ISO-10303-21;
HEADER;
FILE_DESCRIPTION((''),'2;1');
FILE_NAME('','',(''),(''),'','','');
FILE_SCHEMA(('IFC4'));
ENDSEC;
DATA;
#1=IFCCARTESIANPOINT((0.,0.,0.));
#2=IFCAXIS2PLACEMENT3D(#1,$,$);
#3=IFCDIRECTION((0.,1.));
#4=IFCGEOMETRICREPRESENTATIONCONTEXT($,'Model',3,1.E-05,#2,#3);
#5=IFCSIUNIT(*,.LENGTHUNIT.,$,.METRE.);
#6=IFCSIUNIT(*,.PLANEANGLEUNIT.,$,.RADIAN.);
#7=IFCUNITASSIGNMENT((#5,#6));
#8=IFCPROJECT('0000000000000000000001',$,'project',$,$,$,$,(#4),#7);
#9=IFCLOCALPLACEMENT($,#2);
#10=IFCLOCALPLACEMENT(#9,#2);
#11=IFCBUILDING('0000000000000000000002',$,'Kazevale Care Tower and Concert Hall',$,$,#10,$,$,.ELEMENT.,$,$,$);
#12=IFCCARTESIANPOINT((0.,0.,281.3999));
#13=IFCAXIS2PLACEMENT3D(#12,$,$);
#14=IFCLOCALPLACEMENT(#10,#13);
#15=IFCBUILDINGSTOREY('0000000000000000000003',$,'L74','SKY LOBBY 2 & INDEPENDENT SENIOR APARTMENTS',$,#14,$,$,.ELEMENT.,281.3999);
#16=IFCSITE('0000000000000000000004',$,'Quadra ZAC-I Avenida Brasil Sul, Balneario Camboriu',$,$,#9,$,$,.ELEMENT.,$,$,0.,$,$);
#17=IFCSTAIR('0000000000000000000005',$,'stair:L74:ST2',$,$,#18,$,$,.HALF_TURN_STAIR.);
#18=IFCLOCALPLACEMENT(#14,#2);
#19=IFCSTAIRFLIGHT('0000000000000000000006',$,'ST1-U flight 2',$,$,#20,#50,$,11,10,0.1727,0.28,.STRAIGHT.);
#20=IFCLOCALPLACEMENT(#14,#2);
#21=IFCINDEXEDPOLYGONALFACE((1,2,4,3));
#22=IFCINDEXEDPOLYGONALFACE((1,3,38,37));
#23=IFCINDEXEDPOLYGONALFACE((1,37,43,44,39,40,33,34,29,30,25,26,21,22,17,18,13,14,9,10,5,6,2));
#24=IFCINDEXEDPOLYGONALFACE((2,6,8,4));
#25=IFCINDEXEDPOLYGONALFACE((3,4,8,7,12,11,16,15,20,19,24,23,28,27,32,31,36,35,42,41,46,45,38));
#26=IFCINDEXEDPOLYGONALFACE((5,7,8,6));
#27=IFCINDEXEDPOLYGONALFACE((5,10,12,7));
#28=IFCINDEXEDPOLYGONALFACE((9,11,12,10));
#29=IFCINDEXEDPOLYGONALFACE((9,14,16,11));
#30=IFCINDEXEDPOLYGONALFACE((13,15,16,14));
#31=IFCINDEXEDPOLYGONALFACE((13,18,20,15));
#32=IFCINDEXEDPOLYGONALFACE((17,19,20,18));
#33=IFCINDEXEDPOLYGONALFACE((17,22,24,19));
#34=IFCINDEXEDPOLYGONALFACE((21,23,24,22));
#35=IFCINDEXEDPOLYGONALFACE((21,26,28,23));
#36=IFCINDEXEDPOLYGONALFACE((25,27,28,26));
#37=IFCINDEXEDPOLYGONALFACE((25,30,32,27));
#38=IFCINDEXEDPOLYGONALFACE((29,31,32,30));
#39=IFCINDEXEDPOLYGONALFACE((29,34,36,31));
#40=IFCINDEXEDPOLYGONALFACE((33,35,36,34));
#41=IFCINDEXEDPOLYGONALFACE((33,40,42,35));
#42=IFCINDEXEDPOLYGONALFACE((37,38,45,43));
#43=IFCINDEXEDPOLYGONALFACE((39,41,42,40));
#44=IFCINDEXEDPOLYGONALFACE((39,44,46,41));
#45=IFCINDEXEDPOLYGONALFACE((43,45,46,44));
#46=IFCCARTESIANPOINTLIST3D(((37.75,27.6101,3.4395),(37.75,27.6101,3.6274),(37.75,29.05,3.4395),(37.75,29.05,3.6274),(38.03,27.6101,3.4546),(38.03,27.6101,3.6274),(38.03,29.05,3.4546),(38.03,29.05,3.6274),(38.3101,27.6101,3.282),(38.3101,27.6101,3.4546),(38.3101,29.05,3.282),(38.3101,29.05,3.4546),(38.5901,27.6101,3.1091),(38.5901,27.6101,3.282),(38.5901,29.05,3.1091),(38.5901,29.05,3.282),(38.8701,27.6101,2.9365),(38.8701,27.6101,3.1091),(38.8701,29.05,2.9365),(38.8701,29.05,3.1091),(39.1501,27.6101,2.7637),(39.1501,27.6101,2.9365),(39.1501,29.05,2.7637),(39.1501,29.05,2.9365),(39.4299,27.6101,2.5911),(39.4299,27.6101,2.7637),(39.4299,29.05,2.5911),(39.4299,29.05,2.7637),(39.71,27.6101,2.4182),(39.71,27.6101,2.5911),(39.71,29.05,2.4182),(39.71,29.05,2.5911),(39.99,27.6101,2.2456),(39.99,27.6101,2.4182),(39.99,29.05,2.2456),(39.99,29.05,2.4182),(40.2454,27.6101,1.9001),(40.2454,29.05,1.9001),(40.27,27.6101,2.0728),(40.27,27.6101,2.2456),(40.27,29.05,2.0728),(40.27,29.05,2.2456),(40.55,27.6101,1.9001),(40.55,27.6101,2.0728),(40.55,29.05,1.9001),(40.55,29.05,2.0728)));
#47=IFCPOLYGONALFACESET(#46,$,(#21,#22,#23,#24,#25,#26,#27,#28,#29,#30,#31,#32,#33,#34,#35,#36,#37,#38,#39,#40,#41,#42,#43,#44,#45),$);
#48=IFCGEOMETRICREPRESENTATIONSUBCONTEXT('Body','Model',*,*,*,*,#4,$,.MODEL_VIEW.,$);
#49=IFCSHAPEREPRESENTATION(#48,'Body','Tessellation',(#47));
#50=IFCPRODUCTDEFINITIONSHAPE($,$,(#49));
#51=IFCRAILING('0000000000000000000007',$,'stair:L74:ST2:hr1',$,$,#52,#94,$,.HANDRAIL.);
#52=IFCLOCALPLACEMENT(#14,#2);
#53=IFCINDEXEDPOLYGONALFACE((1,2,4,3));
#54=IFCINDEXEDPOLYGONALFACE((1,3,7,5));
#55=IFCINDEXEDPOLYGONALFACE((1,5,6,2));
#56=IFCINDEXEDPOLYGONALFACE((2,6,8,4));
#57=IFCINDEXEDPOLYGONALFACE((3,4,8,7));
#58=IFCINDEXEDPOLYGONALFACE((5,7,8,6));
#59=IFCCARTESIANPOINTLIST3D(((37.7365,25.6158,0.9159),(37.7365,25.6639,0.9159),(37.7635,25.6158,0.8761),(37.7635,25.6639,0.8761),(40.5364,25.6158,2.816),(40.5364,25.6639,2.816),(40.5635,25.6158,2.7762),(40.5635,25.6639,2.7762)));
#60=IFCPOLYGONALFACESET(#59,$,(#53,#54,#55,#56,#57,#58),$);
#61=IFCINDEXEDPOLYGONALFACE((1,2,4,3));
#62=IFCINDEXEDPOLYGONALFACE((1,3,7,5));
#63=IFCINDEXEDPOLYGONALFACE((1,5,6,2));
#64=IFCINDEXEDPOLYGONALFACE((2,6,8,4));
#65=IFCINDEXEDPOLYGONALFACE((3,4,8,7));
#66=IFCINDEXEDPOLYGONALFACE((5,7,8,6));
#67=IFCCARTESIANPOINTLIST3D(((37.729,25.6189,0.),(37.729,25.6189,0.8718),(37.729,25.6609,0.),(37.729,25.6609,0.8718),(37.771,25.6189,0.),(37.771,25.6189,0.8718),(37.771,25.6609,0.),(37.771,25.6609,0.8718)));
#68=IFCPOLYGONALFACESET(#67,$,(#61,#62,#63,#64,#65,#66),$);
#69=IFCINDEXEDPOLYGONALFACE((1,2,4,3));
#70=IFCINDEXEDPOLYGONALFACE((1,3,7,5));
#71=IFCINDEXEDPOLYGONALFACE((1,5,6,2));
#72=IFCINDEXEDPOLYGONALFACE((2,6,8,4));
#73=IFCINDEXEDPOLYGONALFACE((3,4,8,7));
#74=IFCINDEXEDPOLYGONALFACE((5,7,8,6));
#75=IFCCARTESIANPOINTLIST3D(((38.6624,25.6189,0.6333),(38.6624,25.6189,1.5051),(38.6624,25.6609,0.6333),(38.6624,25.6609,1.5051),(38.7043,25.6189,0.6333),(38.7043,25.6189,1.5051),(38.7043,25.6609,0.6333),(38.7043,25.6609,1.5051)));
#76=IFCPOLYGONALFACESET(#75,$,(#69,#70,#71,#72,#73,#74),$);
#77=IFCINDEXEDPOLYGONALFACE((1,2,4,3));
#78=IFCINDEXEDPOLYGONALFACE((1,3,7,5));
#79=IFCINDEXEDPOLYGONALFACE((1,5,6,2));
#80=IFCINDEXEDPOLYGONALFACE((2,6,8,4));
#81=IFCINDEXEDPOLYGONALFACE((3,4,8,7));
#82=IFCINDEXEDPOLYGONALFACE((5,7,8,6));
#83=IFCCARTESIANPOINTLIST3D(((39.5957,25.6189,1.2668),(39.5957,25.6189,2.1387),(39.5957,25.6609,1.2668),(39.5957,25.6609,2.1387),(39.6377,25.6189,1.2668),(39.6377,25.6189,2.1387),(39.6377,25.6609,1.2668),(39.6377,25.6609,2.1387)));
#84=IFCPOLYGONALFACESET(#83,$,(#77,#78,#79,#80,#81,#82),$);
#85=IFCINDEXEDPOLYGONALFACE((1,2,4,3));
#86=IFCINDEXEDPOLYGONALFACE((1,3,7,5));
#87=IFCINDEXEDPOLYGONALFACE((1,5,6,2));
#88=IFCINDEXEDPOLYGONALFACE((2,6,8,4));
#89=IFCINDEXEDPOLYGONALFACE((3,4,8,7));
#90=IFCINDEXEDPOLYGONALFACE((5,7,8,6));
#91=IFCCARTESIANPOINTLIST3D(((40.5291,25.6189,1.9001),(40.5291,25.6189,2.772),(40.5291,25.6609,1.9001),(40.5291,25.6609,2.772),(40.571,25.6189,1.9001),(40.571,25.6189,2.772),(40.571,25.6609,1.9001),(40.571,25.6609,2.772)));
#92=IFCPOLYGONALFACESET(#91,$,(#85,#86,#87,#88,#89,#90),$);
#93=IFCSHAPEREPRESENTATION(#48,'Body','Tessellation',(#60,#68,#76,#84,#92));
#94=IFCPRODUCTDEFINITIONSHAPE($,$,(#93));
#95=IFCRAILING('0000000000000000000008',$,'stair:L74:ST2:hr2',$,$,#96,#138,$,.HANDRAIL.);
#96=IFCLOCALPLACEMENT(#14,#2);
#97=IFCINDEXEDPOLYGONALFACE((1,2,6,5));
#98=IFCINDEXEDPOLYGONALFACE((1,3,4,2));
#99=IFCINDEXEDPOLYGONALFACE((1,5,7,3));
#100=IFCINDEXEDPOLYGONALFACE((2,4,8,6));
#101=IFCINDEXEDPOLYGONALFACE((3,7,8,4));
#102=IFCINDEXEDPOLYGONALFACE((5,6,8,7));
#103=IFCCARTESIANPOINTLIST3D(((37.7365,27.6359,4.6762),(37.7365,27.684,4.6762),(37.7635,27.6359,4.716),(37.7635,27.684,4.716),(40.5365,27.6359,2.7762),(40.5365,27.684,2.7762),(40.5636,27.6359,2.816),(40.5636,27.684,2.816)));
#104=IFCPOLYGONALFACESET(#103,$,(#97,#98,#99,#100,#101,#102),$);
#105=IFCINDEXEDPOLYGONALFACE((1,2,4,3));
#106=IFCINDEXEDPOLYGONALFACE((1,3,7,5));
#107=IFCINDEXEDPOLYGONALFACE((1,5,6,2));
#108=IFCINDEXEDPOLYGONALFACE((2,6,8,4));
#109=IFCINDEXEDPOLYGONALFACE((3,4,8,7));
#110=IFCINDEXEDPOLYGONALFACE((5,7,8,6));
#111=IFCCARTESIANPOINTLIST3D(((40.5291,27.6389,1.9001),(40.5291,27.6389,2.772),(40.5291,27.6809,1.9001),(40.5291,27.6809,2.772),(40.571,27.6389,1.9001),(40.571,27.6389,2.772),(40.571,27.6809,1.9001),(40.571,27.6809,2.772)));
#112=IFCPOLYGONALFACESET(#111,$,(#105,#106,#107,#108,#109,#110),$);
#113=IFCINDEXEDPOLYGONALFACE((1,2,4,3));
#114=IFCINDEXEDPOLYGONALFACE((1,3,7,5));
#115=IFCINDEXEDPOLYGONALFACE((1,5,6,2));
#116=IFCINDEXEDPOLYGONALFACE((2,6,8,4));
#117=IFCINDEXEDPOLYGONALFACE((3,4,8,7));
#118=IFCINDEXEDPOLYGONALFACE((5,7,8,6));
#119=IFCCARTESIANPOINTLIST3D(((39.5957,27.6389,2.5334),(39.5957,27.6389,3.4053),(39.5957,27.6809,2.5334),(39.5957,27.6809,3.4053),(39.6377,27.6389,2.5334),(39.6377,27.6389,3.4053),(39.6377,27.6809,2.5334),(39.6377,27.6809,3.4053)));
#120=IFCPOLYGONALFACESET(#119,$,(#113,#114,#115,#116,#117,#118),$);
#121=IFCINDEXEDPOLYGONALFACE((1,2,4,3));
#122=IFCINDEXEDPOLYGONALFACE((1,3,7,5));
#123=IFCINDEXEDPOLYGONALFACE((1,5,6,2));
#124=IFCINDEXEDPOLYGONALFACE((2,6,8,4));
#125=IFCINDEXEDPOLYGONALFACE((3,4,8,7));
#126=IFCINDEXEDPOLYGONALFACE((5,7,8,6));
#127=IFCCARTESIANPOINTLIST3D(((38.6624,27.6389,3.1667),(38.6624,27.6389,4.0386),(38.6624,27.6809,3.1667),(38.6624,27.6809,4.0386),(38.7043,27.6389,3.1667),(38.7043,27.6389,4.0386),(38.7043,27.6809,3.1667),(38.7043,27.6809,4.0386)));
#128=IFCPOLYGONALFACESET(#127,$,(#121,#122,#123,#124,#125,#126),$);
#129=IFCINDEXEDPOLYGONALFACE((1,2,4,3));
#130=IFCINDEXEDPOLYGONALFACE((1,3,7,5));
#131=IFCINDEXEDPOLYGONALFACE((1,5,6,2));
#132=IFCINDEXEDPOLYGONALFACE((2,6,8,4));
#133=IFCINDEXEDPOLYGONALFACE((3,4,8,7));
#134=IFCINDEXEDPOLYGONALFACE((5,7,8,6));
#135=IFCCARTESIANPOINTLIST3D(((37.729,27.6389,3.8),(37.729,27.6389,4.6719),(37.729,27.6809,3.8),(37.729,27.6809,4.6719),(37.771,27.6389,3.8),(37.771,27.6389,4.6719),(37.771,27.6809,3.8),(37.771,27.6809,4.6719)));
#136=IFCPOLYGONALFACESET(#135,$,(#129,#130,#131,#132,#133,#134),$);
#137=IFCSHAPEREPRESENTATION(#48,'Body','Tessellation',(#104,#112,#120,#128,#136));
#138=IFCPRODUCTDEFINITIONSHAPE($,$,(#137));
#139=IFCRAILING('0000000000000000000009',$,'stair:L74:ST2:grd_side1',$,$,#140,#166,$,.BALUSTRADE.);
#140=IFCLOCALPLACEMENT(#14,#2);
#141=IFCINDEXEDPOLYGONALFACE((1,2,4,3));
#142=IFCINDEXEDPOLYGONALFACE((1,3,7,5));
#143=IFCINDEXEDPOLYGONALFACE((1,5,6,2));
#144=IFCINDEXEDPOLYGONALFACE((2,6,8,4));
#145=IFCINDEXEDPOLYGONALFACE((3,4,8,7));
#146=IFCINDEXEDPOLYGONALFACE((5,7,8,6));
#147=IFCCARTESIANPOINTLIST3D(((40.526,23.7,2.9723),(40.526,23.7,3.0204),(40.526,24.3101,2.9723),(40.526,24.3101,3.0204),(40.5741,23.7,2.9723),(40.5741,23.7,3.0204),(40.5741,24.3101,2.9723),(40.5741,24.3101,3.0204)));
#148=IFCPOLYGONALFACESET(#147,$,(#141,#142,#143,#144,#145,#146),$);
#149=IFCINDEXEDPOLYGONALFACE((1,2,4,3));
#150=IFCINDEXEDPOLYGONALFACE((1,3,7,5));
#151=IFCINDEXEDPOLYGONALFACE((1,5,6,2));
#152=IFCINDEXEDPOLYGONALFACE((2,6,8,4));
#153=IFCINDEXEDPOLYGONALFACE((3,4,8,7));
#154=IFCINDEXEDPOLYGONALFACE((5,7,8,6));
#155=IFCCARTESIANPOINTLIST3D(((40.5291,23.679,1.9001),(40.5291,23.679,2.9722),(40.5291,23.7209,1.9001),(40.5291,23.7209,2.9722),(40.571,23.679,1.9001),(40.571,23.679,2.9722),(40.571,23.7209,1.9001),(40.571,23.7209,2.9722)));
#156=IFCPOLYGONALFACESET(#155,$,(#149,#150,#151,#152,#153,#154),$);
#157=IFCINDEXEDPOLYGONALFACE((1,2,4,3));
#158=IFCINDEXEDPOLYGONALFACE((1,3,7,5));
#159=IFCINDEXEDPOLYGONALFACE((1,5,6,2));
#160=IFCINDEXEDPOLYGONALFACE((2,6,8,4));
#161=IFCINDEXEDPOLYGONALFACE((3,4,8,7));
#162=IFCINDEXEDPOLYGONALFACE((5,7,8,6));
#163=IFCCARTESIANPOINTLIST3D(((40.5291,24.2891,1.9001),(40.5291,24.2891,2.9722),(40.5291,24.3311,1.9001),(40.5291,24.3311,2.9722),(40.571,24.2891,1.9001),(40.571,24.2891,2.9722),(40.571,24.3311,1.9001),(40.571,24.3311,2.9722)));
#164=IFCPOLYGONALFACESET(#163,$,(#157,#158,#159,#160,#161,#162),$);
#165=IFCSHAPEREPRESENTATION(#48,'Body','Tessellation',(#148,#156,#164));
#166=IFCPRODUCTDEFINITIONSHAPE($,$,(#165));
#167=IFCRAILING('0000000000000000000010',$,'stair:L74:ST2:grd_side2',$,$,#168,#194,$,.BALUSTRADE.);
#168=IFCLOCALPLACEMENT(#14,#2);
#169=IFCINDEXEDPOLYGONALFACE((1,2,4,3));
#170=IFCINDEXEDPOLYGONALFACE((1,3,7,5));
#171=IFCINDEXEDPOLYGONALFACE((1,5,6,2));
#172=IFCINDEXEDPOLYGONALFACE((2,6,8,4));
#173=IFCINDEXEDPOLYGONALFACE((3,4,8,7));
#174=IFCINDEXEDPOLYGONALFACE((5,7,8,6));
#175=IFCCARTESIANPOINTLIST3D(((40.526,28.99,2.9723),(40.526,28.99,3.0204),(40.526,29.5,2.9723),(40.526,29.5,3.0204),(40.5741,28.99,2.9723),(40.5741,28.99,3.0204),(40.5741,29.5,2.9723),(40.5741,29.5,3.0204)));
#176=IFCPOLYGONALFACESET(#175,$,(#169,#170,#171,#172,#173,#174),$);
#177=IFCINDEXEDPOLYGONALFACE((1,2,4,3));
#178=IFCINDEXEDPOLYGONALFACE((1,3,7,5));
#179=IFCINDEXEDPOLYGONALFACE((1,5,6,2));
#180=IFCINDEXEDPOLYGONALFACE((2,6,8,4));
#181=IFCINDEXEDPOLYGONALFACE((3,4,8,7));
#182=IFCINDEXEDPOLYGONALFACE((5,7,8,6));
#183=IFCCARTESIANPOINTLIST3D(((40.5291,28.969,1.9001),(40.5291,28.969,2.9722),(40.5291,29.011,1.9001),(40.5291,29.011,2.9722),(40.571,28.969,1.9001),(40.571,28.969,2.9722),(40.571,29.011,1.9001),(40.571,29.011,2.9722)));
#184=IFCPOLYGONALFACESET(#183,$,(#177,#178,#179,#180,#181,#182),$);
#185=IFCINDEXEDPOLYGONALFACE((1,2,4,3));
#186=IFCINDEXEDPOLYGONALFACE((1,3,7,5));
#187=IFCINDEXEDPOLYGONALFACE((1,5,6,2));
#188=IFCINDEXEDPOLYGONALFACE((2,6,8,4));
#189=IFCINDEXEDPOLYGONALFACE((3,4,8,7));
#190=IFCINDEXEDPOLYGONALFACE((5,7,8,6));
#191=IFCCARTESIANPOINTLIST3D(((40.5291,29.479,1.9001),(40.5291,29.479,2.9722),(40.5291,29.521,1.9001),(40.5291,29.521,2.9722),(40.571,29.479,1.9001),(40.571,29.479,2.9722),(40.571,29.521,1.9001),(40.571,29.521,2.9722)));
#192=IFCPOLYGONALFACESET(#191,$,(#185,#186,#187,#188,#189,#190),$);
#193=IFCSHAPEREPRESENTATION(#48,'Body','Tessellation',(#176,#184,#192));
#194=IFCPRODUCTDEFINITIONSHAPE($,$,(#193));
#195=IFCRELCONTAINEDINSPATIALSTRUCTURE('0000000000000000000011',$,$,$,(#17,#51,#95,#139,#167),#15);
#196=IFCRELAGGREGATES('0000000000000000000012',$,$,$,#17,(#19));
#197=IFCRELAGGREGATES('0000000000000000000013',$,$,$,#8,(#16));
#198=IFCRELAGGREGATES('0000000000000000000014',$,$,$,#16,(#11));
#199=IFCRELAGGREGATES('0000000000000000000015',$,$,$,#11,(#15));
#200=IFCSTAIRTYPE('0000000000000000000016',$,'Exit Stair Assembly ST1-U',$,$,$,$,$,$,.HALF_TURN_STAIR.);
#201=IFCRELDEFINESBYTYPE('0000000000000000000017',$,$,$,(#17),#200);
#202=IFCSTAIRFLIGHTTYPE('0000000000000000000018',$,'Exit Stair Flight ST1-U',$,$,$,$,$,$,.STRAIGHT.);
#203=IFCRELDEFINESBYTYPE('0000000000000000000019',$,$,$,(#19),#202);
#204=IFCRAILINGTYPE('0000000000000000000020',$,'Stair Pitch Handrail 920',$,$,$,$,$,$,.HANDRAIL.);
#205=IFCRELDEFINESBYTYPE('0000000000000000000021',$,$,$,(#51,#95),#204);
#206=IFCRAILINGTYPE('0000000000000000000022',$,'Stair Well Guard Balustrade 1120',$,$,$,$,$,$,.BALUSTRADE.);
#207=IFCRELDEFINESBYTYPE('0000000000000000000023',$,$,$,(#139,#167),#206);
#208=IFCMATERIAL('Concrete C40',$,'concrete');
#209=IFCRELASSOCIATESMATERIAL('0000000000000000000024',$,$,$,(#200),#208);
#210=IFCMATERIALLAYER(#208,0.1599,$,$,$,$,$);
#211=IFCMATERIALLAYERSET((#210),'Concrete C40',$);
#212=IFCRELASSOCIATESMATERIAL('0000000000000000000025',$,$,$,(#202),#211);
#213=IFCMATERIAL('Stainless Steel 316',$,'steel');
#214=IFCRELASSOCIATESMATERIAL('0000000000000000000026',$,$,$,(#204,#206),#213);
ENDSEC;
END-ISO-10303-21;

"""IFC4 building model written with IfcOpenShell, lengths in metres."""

from ifc_helpers import new_model, si_unit, direction, frame, origin, origin_2d, place, context, subcontext, project, spatial, polyline, rectangle, outline, extrude, material, layer, layer_set, type_object, element, aggregate, save


model = new_model("IFC4")

# Units and contexts
model_context = context("Model", 3, precision=1e-05, world=origin(), true_north=direction((0.0, 1.0)))
body_context = subcontext(model_context, "Body", "Model", "MODEL_VIEW")
ifc_project = project(units=[si_unit("LENGTHUNIT", "METRE"), si_unit("PLANEANGLEUNIT", "RADIAN")], contexts=[model_context])

# Site, building, storey
site_placement = place(None, origin())
site = spatial("IfcSite", under=ifc_project, at=site_placement, Name="Quadra ZAC-I Avenida Brasil Sul, Balneario Camboriu", CompositionType="ELEMENT", RefElevation=0.0)
building_placement = place(site_placement, origin())
building = spatial("IfcBuilding", under=site, at=building_placement, Name="Kazevale Care Tower and Concert Hall", CompositionType="ELEMENT")
storey_placement = place(building_placement, frame((0.0, 0.0, 281.3999)))
storey = spatial("IfcBuildingStorey", under=building, at=storey_placement, Name="L74", Description="SKY LOBBY 2 & INDEPENDENT SENIOR APARTMENTS", CompositionType="ELEMENT", Elevation=281.3999)

# Shared definitions
ifc_material_1 = material(Name="Concrete C40", Category="concrete")

# Stair, stair flight
stair_type = type_object("IfcStairType", Name="Exit Stair Assembly ST1-U", PredefinedType="HALF_TURN_STAIR", material=ifc_material_1)
stair_placement = place(storey_placement, origin())
stair = element("IfcStair", 1, at=stair_placement, inside=storey, type_object=stair_type, Name="stair:L74:ST2", PredefinedType="HALF_TURN_STAIR")
ifc_layer_1 = layer(ifc_material_1, 0.1599)
ifc_layer_set_1 = layer_set([ifc_layer_1], Name="Concrete C40")
stair_flight_type = type_object("IfcStairFlightType", Name="Exit Stair Flight ST1-U", PredefinedType="STRAIGHT", material=ifc_layer_set_1)
stair_flight_1_placement = place(storey_placement, frame((40.55, 28.3301, 1.9001), z_axis=(0.0, 0.0, 1.0), x_axis=(-1.0, 0.0, 0.0)))
stair_flight_1 = element("IfcStairFlight", 2, at=stair_flight_1_placement, type_object=stair_flight_type, Name="ST1-U flight 2", NumberOfRisers=11, NumberOfTreads=10, PredefinedType="STRAIGHT", RiserHeight=0.1727, TreadLength=0.28, context=body_context, shape_type="SweptSolid", body=[
    extrude(outline(polyline([(0.0, 0.0), (0.0, 0.1726), (0.28, 0.1726), (0.28, 0.3455), (0.5601, 0.3455), (0.5601, 0.5181), (0.8401, 0.5181), (0.8401, 0.6909), (1.1201, 0.6909), (1.1201, 0.8635), (1.3999, 0.8635), (1.3999, 1.0364), (1.6799, 1.0364), (1.6799, 1.209), (1.96, 1.209), (1.96, 1.3818), (2.24, 1.3818), (2.24, 1.5544), (2.52, 1.5544), (2.52, 1.7273), (2.8, 1.7273), (2.8, 1.8999), (2.8, 1.5393), (0.3047, 0.0), (0.0, 0.0)])), frame((0.0, 0.72, 0.0), z_axis=(0.0, -1.0, 0.0), x_axis=(1.0, 0.0, 0.0)), (0.0, 0.0, 1.0), 1.4399),
])
aggregate(stair, [stair_flight_1])

# Railings
ifc_material_2 = material(Name="Stainless Steel 316", Category="steel")
railing_type_1 = type_object("IfcRailingType", Name="Stair Pitch Handrail 920", PredefinedType="HANDRAIL", material=ifc_material_2)
railing_1_placement = place(storey_placement, frame((37.75, 25.6399, 0.0)))
element("IfcRailing", 3, at=railing_1_placement, inside=storey, type_object=railing_type_1, Name="stair:L74:ST2:hr1", PredefinedType="HANDRAIL", context=body_context, shape_type="SweptSolid", body=[
    extrude(rectangle(XDim=0.0481, YDim=0.0481, at=origin_2d()), frame((0.0, 0.0, 0.896), z_axis=(0.82746, 0.0, 0.561524), x_axis=(0.0, 1.0, 0.0)), (0.0, 0.0, 1.0), 3.3838),
    extrude(rectangle(XDim=0.042, YDim=0.042, at=origin_2d()), origin(), (0.0, 0.0, 1.0), 0.8718),
    extrude(rectangle(XDim=0.042, YDim=0.042, at=origin_2d()), frame((0.9333, 0.0, 0.6333)), (0.0, 0.0, 1.0), 0.8718),
    extrude(rectangle(XDim=0.042, YDim=0.042, at=origin_2d()), frame((1.8667, 0.0, 1.2668)), (0.0, 0.0, 1.0), 0.8718),
    extrude(rectangle(XDim=0.042, YDim=0.042, at=origin_2d()), frame((2.8, 0.0, 1.9001)), (0.0, 0.0, 1.0), 0.8718),
])
railing_2_placement = place(storey_placement, frame((40.55, 27.6599, 1.9001)))
element("IfcRailing", 4, at=railing_2_placement, inside=storey, type_object=railing_type_1, Name="stair:L74:ST2:hr2", PredefinedType="HANDRAIL", context=body_context, shape_type="SweptSolid", body=[
    extrude(rectangle(XDim=0.0481, YDim=0.0481, at=origin_2d()), frame((0.0, 0.0, 0.896), z_axis=(-0.827494, 0.0, 0.561475), x_axis=(0.0, -1.0, 0.0)), (0.0, 0.0, 1.0), 3.3838),
    extrude(rectangle(XDim=0.042, YDim=0.042, at=origin_2d()), origin(), (0.0, 0.0, 1.0), 0.8718),
    extrude(rectangle(XDim=0.042, YDim=0.042, at=origin_2d()), frame((-0.9333, 0.0, 0.6333)), (0.0, 0.0, 1.0), 0.8718),
    extrude(rectangle(XDim=0.042, YDim=0.042, at=origin_2d()), frame((-1.8667, 0.0, 1.2666)), (0.0, 0.0, 1.0), 0.8718),
    extrude(rectangle(XDim=0.042, YDim=0.042, at=origin_2d()), frame((-2.8, 0.0, 1.8999)), (0.0, 0.0, 1.0), 0.8718),
])
railing_type_2 = type_object("IfcRailingType", Name="Stair Well Guard Balustrade 1120", PredefinedType="BALUSTRADE", material=ifc_material_2)
railing_3_placement = place(storey_placement, frame((40.55, 23.7, 1.9001)))
element("IfcRailing", 5, at=railing_3_placement, inside=storey, type_object=railing_type_2, Name="stair:L74:ST2:grd_side1", PredefinedType="BALUSTRADE", context=body_context, shape_type="SweptSolid", body=[
    extrude(rectangle(XDim=0.0481, YDim=0.0481, at=origin_2d()), frame((0.0, 0.0, 1.0962), z_axis=(0.0, 1.0, 0.0), x_axis=(-1.0, 0.0, 0.0)), (0.0, 0.0, 1.0), 0.6101),
    extrude(rectangle(XDim=0.042, YDim=0.042, at=origin_2d()), origin(), (0.0, 0.0, 1.0), 1.072),
    extrude(rectangle(XDim=0.042, YDim=0.042, at=origin_2d()), frame((0.0, 0.6101, 0.0)), (0.0, 0.0, 1.0), 1.072),
])
railing_4_placement = place(storey_placement, frame((40.55, 28.99, 1.9001)))
element("IfcRailing", 6, at=railing_4_placement, inside=storey, type_object=railing_type_2, Name="stair:L74:ST2:grd_side2", PredefinedType="BALUSTRADE", context=body_context, shape_type="SweptSolid", body=[
    extrude(rectangle(XDim=0.0481, YDim=0.0481, at=origin_2d()), frame((0.0, 0.0, 1.0962), z_axis=(0.0, 1.0, 0.0), x_axis=(-1.0, 0.0, 0.0)), (0.0, 0.0, 1.0), 0.51),
    extrude(rectangle(XDim=0.042, YDim=0.042, at=origin_2d()), origin(), (0.0, 0.0, 1.0), 1.072),
    extrude(rectangle(XDim=0.042, YDim=0.042, at=origin_2d()), frame((0.0, 0.51, 0.0)), (0.0, 0.0, 1.0), 1.072),
])

save(model, "model.ifc")
